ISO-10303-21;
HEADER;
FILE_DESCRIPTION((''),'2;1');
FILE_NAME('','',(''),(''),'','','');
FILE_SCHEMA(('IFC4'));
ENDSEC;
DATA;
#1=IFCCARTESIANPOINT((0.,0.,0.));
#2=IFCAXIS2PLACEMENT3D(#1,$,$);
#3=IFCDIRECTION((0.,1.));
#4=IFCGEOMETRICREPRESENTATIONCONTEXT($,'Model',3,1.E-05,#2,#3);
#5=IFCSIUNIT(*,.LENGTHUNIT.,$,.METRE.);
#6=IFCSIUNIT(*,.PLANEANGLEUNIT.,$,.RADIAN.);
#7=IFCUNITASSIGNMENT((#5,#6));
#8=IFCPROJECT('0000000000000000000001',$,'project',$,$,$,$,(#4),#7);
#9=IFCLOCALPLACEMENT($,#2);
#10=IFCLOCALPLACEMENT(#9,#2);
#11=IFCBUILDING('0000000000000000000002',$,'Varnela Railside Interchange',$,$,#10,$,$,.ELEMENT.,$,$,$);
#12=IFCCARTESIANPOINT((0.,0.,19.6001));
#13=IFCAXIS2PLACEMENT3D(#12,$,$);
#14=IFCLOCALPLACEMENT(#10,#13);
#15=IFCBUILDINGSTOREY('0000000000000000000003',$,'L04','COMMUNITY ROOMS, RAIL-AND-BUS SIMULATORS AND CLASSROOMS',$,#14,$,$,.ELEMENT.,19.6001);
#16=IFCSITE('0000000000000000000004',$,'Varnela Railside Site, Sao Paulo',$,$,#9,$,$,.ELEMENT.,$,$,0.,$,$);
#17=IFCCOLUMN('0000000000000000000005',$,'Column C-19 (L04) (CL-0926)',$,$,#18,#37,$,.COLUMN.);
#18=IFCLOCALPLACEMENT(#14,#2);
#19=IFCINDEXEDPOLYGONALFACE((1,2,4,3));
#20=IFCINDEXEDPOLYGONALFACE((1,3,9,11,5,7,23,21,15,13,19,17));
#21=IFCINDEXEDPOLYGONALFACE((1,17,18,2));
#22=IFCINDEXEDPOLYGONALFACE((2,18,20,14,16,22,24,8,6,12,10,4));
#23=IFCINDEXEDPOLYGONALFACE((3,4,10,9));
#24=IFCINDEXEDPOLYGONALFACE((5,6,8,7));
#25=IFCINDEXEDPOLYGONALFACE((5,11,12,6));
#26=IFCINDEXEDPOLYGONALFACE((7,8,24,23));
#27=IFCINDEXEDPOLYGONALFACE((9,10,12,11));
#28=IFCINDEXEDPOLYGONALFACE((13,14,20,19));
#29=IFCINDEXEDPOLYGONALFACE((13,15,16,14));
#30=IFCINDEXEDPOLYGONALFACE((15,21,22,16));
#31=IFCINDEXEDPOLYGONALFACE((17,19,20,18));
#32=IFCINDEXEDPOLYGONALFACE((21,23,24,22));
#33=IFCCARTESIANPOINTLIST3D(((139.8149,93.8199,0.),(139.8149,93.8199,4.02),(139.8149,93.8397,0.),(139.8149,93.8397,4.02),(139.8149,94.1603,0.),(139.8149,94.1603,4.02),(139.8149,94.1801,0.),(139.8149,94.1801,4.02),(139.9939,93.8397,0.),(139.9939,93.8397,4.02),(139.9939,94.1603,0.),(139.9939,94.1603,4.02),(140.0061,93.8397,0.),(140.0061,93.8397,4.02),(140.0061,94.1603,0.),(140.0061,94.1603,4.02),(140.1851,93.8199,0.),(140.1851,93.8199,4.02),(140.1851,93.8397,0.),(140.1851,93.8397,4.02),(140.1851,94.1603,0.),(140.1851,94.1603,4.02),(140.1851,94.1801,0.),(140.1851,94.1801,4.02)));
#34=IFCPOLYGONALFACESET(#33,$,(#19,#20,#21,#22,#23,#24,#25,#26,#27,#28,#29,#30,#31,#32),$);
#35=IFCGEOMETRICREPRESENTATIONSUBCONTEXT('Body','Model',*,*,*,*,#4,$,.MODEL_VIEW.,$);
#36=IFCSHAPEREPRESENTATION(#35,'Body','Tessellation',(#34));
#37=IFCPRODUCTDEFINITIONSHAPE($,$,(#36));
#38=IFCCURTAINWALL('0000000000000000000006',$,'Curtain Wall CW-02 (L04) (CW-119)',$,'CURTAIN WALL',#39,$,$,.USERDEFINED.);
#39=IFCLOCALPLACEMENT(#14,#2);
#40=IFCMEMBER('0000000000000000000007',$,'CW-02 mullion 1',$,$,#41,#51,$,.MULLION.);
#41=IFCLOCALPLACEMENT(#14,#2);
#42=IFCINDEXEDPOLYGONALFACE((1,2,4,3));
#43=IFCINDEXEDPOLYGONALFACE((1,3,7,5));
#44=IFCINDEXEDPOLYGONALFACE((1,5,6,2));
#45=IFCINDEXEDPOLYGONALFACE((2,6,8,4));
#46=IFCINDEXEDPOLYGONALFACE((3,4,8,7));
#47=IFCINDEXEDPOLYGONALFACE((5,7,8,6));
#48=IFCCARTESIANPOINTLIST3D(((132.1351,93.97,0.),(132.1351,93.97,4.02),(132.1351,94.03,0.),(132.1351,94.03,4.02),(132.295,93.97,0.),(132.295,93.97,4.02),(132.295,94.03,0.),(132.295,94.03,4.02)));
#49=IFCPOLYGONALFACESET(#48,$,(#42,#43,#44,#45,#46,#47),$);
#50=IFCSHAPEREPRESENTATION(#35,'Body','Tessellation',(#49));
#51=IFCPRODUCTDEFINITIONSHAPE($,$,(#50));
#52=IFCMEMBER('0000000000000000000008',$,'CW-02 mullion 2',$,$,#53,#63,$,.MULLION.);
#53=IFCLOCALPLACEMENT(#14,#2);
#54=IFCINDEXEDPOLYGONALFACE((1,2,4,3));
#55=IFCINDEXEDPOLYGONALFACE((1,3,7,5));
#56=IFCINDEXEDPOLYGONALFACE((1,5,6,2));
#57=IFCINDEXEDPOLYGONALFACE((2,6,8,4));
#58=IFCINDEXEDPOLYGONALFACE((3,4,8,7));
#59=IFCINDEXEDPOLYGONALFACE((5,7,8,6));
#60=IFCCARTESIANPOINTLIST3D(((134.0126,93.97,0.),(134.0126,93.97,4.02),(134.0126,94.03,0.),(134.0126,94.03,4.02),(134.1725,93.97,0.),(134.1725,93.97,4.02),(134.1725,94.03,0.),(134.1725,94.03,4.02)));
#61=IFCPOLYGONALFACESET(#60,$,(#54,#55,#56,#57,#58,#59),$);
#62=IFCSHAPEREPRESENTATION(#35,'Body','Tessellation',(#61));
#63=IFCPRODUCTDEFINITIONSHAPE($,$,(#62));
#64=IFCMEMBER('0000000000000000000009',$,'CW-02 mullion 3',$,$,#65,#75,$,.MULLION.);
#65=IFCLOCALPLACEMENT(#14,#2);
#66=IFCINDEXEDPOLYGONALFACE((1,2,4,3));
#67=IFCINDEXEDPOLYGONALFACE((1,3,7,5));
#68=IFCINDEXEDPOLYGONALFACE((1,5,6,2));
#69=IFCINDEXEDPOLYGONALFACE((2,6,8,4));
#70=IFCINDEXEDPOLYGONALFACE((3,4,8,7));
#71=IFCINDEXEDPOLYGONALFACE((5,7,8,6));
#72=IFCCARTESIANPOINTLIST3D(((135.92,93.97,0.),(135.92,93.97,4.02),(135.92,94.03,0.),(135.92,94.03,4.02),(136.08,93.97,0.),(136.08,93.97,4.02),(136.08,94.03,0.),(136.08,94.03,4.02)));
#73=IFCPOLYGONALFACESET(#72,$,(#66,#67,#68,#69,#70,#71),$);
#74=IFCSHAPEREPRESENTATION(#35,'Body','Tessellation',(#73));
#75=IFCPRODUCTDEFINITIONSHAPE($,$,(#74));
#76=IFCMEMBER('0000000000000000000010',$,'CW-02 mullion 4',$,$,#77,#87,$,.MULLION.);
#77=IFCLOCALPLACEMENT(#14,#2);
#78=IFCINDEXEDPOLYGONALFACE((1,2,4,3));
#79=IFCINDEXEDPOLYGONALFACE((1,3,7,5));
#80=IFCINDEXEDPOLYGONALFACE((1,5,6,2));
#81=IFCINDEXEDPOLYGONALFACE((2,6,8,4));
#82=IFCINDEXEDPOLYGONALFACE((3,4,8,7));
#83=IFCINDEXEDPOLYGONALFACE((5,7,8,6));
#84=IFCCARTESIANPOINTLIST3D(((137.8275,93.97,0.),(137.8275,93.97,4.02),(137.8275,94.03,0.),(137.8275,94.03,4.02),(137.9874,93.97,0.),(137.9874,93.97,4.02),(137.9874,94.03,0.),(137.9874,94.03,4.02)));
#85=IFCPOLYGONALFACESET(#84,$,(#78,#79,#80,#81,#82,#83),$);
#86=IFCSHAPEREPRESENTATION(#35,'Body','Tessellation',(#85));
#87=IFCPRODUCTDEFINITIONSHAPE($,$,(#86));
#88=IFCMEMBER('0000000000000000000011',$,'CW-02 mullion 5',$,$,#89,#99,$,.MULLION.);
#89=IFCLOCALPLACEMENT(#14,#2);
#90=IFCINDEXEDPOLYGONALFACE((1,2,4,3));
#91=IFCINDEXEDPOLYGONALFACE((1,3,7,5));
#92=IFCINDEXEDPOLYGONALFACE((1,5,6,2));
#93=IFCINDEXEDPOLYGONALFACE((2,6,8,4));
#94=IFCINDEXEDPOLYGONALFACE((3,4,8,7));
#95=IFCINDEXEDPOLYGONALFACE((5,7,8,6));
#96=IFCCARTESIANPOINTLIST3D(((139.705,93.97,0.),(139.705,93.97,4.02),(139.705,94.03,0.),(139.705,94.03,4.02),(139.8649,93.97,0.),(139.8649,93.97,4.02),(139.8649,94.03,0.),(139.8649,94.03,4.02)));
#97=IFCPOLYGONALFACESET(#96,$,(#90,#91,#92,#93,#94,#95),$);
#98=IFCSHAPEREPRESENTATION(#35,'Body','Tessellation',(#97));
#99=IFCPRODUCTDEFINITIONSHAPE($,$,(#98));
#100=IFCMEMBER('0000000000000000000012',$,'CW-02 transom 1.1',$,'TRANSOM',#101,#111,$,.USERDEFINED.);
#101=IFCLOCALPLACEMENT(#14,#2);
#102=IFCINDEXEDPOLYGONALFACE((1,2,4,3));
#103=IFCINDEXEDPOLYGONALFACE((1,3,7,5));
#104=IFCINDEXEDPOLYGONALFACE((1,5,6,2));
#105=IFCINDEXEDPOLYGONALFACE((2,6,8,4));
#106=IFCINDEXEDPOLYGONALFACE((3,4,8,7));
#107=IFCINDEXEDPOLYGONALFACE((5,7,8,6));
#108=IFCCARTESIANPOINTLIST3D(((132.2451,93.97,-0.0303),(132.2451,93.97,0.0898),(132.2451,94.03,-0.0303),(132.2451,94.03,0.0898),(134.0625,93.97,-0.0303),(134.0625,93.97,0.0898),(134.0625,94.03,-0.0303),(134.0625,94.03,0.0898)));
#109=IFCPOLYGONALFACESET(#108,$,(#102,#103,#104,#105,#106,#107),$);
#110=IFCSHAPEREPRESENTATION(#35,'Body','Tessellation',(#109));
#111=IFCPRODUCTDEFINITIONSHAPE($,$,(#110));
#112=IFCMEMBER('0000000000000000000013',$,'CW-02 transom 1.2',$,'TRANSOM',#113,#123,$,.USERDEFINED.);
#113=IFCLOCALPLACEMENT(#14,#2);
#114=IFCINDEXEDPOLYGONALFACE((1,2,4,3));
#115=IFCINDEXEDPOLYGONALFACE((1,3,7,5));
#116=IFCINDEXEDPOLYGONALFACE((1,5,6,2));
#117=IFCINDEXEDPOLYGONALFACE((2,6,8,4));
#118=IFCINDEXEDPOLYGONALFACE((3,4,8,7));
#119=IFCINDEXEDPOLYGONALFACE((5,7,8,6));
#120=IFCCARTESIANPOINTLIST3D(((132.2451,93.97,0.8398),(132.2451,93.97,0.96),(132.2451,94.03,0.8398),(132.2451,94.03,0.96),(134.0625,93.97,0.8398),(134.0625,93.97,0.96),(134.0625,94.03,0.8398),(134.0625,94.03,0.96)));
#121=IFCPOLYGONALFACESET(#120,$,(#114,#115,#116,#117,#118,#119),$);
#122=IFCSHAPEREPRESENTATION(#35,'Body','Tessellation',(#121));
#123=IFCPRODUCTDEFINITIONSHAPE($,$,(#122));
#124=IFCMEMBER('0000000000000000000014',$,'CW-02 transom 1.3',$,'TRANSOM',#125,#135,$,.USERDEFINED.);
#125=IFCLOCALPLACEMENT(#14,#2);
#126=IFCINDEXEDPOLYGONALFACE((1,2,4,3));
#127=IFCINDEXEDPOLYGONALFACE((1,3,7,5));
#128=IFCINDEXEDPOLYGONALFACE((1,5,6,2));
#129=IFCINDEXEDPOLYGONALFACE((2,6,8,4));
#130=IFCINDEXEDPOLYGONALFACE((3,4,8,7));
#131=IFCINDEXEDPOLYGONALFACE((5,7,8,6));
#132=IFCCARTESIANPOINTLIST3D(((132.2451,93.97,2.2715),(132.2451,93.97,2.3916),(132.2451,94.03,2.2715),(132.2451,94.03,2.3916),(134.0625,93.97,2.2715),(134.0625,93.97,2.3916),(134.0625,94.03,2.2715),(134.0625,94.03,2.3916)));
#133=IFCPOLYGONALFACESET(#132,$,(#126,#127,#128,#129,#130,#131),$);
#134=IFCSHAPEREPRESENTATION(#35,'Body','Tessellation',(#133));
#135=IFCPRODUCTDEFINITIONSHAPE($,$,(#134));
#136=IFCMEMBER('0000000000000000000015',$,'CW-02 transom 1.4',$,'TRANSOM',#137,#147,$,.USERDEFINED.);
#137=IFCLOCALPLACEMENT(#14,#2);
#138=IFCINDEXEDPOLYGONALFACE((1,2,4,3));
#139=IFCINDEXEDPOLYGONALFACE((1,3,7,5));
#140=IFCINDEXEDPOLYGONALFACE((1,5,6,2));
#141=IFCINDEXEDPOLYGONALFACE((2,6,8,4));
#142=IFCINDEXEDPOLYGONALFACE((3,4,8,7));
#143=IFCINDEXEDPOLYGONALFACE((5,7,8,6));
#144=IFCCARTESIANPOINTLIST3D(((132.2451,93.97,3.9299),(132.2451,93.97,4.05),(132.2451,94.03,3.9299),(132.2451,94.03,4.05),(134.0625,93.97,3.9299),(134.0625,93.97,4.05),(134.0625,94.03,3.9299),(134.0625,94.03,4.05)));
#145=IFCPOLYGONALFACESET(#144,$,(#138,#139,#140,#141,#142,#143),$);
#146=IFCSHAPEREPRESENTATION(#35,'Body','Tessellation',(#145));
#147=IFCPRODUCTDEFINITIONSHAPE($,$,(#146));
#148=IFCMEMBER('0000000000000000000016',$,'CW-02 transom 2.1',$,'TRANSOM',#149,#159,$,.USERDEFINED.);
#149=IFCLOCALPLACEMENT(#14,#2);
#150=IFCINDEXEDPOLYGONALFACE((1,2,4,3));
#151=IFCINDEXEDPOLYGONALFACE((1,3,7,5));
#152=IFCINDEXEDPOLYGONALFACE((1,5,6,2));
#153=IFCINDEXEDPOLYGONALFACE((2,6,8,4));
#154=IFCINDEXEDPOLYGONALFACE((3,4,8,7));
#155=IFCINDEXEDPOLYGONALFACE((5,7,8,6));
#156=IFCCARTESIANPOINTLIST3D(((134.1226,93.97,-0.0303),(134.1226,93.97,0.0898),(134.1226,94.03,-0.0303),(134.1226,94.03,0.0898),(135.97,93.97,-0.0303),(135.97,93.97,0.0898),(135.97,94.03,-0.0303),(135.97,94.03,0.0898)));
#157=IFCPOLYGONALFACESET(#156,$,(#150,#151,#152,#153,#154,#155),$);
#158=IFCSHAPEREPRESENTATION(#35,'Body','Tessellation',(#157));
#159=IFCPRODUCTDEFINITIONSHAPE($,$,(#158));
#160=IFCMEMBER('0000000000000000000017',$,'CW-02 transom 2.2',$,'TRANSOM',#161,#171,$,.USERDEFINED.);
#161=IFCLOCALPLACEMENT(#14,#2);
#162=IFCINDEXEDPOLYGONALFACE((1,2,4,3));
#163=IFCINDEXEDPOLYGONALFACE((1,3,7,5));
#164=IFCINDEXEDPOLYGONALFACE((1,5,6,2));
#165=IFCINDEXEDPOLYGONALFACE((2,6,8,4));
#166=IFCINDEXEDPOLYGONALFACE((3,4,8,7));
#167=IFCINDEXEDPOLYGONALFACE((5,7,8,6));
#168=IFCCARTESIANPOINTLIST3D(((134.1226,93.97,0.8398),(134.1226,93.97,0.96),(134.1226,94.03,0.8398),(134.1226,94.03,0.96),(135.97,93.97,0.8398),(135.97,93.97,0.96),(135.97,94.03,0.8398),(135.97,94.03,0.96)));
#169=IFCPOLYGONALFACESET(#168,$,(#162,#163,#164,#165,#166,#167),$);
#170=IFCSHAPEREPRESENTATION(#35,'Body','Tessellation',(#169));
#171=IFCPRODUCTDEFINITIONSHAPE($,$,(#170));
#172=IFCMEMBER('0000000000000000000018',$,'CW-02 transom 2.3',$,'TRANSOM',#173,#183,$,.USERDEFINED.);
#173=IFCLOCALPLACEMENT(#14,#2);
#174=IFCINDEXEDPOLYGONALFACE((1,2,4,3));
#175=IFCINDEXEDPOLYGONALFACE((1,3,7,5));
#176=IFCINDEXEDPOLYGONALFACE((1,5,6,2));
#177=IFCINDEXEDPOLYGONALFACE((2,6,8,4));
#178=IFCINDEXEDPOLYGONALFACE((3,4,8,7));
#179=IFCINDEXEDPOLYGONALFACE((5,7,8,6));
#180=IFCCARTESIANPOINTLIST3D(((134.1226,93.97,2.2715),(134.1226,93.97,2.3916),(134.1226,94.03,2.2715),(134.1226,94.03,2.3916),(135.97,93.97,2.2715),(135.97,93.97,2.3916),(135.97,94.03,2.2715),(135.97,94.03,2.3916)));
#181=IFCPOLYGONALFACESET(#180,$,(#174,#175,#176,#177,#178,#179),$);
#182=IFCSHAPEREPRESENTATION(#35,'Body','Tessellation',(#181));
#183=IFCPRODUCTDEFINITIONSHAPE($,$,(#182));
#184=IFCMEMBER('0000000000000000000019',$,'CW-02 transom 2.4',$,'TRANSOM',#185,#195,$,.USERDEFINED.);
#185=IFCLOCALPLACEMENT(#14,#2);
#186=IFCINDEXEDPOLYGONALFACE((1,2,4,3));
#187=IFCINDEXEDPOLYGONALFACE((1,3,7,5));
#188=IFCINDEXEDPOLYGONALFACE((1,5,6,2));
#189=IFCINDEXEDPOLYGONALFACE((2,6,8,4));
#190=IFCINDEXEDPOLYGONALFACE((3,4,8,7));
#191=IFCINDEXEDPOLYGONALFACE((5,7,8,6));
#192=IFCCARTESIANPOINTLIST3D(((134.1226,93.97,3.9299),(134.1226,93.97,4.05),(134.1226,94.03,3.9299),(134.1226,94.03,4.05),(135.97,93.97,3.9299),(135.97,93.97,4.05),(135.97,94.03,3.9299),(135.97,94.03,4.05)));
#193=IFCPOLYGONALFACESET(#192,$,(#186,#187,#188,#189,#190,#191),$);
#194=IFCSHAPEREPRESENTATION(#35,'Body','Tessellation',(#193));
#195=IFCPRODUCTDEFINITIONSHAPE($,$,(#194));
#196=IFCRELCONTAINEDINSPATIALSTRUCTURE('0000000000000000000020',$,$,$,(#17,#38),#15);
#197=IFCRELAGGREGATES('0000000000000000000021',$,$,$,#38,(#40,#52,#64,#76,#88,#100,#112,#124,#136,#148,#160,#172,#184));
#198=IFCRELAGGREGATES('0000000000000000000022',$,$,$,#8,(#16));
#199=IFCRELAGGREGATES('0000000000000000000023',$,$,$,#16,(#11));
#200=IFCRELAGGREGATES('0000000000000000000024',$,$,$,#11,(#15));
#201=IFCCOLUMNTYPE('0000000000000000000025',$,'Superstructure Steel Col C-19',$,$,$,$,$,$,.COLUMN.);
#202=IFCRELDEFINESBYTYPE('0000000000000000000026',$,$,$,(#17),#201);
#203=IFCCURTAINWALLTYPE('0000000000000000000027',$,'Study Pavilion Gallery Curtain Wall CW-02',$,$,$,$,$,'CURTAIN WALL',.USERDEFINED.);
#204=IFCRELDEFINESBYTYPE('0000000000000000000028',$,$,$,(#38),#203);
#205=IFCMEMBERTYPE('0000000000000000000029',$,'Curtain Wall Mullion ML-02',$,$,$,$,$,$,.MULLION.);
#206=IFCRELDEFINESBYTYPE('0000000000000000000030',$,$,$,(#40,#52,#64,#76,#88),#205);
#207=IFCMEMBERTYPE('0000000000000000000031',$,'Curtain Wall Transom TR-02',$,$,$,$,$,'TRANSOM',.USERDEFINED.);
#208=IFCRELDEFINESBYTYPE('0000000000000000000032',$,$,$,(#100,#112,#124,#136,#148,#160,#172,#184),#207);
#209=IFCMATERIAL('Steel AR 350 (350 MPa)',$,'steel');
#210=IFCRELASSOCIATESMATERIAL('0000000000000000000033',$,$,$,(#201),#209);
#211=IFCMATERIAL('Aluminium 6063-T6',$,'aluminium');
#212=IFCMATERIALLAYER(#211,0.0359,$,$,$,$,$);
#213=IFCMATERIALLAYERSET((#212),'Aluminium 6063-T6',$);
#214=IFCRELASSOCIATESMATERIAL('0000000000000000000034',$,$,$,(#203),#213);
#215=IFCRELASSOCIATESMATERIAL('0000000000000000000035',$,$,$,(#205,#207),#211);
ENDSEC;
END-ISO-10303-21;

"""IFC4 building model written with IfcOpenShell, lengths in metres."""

from ifc_helpers import new_model, si_unit, direction, frame, origin, origin_2d, place, context, subcontext, project, spatial, rectangle, i_section, extrude, material, layer, layer_set, material_profile, profile_set, type_object, element, aggregate, save


model = new_model("IFC4")

# Units and contexts
model_context = context("Model", 3, precision=1e-05, world=origin(), true_north=direction((0.0, 1.0)))
body_context = subcontext(model_context, "Body", "Model", "MODEL_VIEW")
ifc_project = project(units=[si_unit("LENGTHUNIT", "METRE"), si_unit("PLANEANGLEUNIT", "RADIAN")], contexts=[model_context])

# Site, building, storey
site_placement = place(None, origin())
site = spatial("IfcSite", under=ifc_project, at=site_placement, Name="Varnela Railside Site, Sao Paulo", CompositionType="ELEMENT", RefElevation=0.0)
building_placement = place(site_placement, origin())
building = spatial("IfcBuilding", under=site, at=building_placement, Name="Varnela Railside Interchange", CompositionType="ELEMENT")
storey_placement = place(building_placement, frame((0.0, 0.0, 19.6001)))
storey = spatial("IfcBuildingStorey", under=building, at=storey_placement, Name="L04", Description="COMMUNITY ROOMS, RAIL-AND-BUS SIMULATORS AND CLASSROOMS", CompositionType="ELEMENT", Elevation=19.6001)

# Column
ifc_material_1 = material(Name="Steel AR 350 (350 MPa)", Category="steel")
ifc_material_profile_1 = material_profile(ifc_material_1, i_section(OverallWidth=0.3701, OverallDepth=0.3601, WebThickness=0.0122, FlangeThickness=0.0198, at=origin_2d()), Name="W360x147")
ifc_profile_set_1 = profile_set([ifc_material_profile_1], Name="Steel AR 350 (350 MPa)")
column_type = type_object("IfcColumnType", Name="Superstructure Steel Col C-19", PredefinedType="COLUMN", material=ifc_profile_set_1)
column_placement = place(storey_placement, frame((140.0, 94.0, 0.0), z_axis=(0.0, 0.0, 1.0), x_axis=(1.0, 0.0, 0.0)))
element("IfcColumn", 1, at=column_placement, inside=storey, type_object=column_type, Name="Column C-19 (L04) (CL-0926)", PredefinedType="COLUMN", context=body_context, shape_type="SweptSolid", body=[
    extrude(i_section(OverallWidth=0.3701, OverallDepth=0.3601, WebThickness=0.0122, FlangeThickness=0.0198, at=origin_2d()), origin(), (0.0, 0.0, 1.0), 4.02),
])

# Curtain wall, members
ifc_material_2 = material(Name="Aluminium 6063-T6", Category="aluminium")
ifc_layer_1 = layer(ifc_material_2, 0.0359)
ifc_layer_set_1 = layer_set([ifc_layer_1], Name="Aluminium 6063-T6")
curtain_wall_type = type_object("IfcCurtainWallType", Name="Study Pavilion Gallery Curtain Wall CW-02", ElementType="CURTAIN WALL", PredefinedType="USERDEFINED", material=ifc_layer_set_1)
curtain_wall_placement = place(storey_placement, origin())
curtain_wall = element("IfcCurtainWall", 2, at=curtain_wall_placement, inside=storey, type_object=curtain_wall_type, Name="Curtain Wall CW-02 (L04) (CW-119)", ObjectType="CURTAIN WALL", PredefinedType="USERDEFINED")
ifc_material_profile_2 = material_profile(ifc_material_2, rectangle(XDim=0.0601, YDim=0.1599, at=origin_2d()), Name="ALU 60x160")
ifc_profile_set_2 = profile_set([ifc_material_profile_2], Name="Aluminium 6063-T6")
member_type_1 = type_object("IfcMemberType", Name="Curtain Wall Mullion ML-02", PredefinedType="MULLION", material=ifc_profile_set_2)
member_1_placement = place(storey_placement, frame((132.2151, 94.0, 0.0), z_axis=(0.0, 0.0, 1.0), x_axis=(0.0, 1.0, 0.0)))
member_1 = element("IfcMember", 3, at=member_1_placement, type_object=member_type_1, Name="CW-02 mullion 1", PredefinedType="MULLION", context=body_context, shape_type="SweptSolid", body=[
    extrude(rectangle(XDim=0.0601, YDim=0.1599, at=origin_2d()), origin(), (0.0, 0.0, 1.0), 4.02),
])
member_2_placement = place(storey_placement, frame((134.0925, 94.0, 0.0), z_axis=(0.0, 0.0, 1.0), x_axis=(0.0, 1.0, 0.0)))
member_2 = element("IfcMember", 4, at=member_2_placement, type_object=member_type_1, Name="CW-02 mullion 2", PredefinedType="MULLION", context=body_context, shape_type="SweptSolid", body=[
    extrude(rectangle(XDim=0.0601, YDim=0.1599, at=origin_2d()), origin(), (0.0, 0.0, 1.0), 4.02),
])
member_3_placement = place(storey_placement, frame((136.0, 94.0, 0.0), z_axis=(0.0, 0.0, 1.0), x_axis=(0.0, 1.0, 0.0)))
member_3 = element("IfcMember", 5, at=member_3_placement, type_object=member_type_1, Name="CW-02 mullion 3", PredefinedType="MULLION", context=body_context, shape_type="SweptSolid", body=[
    extrude(rectangle(XDim=0.0601, YDim=0.1599, at=origin_2d()), origin(), (0.0, 0.0, 1.0), 4.02),
])
member_4_placement = place(storey_placement, frame((137.9075, 94.0, 0.0), z_axis=(0.0, 0.0, 1.0), x_axis=(0.0, 1.0, 0.0)))
member_4 = element("IfcMember", 6, at=member_4_placement, type_object=member_type_1, Name="CW-02 mullion 4", PredefinedType="MULLION", context=body_context, shape_type="SweptSolid", body=[
    extrude(rectangle(XDim=0.0601, YDim=0.1599, at=origin_2d()), origin(), (0.0, 0.0, 1.0), 4.02),
])
member_5_placement = place(storey_placement, frame((139.7849, 94.0, 0.0), z_axis=(0.0, 0.0, 1.0), x_axis=(0.0, 1.0, 0.0)))
member_5 = element("IfcMember", 7, at=member_5_placement, type_object=member_type_1, Name="CW-02 mullion 5", PredefinedType="MULLION", context=body_context, shape_type="SweptSolid", body=[
    extrude(rectangle(XDim=0.0601, YDim=0.1599, at=origin_2d()), origin(), (0.0, 0.0, 1.0), 4.02),
])
ifc_material_profile_3 = material_profile(ifc_material_2, rectangle(XDim=0.0601, YDim=0.1201, at=origin_2d()), Name="ALU 60x120")
ifc_profile_set_3 = profile_set([ifc_material_profile_3], Name="Aluminium 6063-T6")
member_type_2 = type_object("IfcMemberType", Name="Curtain Wall Transom TR-02", ElementType="TRANSOM", PredefinedType="USERDEFINED", material=ifc_profile_set_3)
member_6_placement = place(storey_placement, frame((132.2451, 94.0, 0.0298), z_axis=(1.0, 0.0, 0.0), x_axis=(0.0, 1.0, 0.0)))
member_6 = element("IfcMember", 8, at=member_6_placement, type_object=member_type_2, Name="CW-02 transom 1.1", ObjectType="TRANSOM", PredefinedType="USERDEFINED", context=body_context, shape_type="SweptSolid", body=[
    extrude(rectangle(XDim=0.0601, YDim=0.1201, at=origin_2d()), origin(), (0.0, 0.0, 1.0), 1.8174),
])
member_7_placement = place(storey_placement, frame((132.2451, 94.0, 0.8999), z_axis=(1.0, 0.0, 0.0), x_axis=(0.0, 1.0, 0.0)))
member_7 = element("IfcMember", 9, at=member_7_placement, type_object=member_type_2, Name="CW-02 transom 1.2", ObjectType="TRANSOM", PredefinedType="USERDEFINED", context=body_context, shape_type="SweptSolid", body=[
    extrude(rectangle(XDim=0.0601, YDim=0.1201, at=origin_2d()), origin(), (0.0, 0.0, 1.0), 1.8174),
])
member_8_placement = place(storey_placement, frame((132.2451, 94.0, 2.3315), z_axis=(1.0, 0.0, 0.0), x_axis=(0.0, 1.0, 0.0)))
member_8 = element("IfcMember", 10, at=member_8_placement, type_object=member_type_2, Name="CW-02 transom 1.3", ObjectType="TRANSOM", PredefinedType="USERDEFINED", context=body_context, shape_type="SweptSolid", body=[
    extrude(rectangle(XDim=0.0601, YDim=0.1201, at=origin_2d()), origin(), (0.0, 0.0, 1.0), 1.8174),
])
member_9_placement = place(storey_placement, frame((132.2451, 94.0, 3.99), z_axis=(1.0, 0.0, 0.0), x_axis=(0.0, 1.0, 0.0)))
member_9 = element("IfcMember", 11, at=member_9_placement, type_object=member_type_2, Name="CW-02 transom 1.4", ObjectType="TRANSOM", PredefinedType="USERDEFINED", context=body_context, shape_type="SweptSolid", body=[
    extrude(rectangle(XDim=0.0601, YDim=0.1201, at=origin_2d()), origin(), (0.0, 0.0, 1.0), 1.8174),
])
member_10_placement = place(storey_placement, frame((134.1226, 94.0, 0.0298), z_axis=(1.0, 0.0, 0.0), x_axis=(0.0, 1.0, 0.0)))
member_10 = element("IfcMember", 12, at=member_10_placement, type_object=member_type_2, Name="CW-02 transom 2.1", ObjectType="TRANSOM", PredefinedType="USERDEFINED", context=body_context, shape_type="SweptSolid", body=[
    extrude(rectangle(XDim=0.0601, YDim=0.1201, at=origin_2d()), origin(), (0.0, 0.0, 1.0), 1.8474),
])
member_11_placement = place(storey_placement, frame((134.1226, 94.0, 0.8999), z_axis=(1.0, 0.0, 0.0), x_axis=(0.0, 1.0, 0.0)))
member_11 = element("IfcMember", 13, at=member_11_placement, type_object=member_type_2, Name="CW-02 transom 2.2", ObjectType="TRANSOM", PredefinedType="USERDEFINED", context=body_context, shape_type="SweptSolid", body=[
    extrude(rectangle(XDim=0.0601, YDim=0.1201, at=origin_2d()), origin(), (0.0, 0.0, 1.0), 1.8474),
])
member_12_placement = place(storey_placement, frame((134.1226, 94.0, 2.3315), z_axis=(1.0, 0.0, 0.0), x_axis=(0.0, 1.0, 0.0)))
member_12 = element("IfcMember", 14, at=member_12_placement, type_object=member_type_2, Name="CW-02 transom 2.3", ObjectType="TRANSOM", PredefinedType="USERDEFINED", context=body_context, shape_type="SweptSolid", body=[
    extrude(rectangle(XDim=0.0601, YDim=0.1201, at=origin_2d()), origin(), (0.0, 0.0, 1.0), 1.8474),
])
member_13_placement = place(storey_placement, frame((134.1226, 94.0, 3.99), z_axis=(1.0, 0.0, 0.0), x_axis=(0.0, 1.0, 0.0)))
member_13 = element("IfcMember", 15, at=member_13_placement, type_object=member_type_2, Name="CW-02 transom 2.4", ObjectType="TRANSOM", PredefinedType="USERDEFINED", context=body_context, shape_type="SweptSolid", body=[
    extrude(rectangle(XDim=0.0601, YDim=0.1201, at=origin_2d()), origin(), (0.0, 0.0, 1.0), 1.8474),
])

aggregate(curtain_wall, [member_1, member_2, member_3, member_4, member_5, member_6, member_7, member_8, member_9, member_10, member_11, member_12, member_13])

save(model, "model.ifc")
